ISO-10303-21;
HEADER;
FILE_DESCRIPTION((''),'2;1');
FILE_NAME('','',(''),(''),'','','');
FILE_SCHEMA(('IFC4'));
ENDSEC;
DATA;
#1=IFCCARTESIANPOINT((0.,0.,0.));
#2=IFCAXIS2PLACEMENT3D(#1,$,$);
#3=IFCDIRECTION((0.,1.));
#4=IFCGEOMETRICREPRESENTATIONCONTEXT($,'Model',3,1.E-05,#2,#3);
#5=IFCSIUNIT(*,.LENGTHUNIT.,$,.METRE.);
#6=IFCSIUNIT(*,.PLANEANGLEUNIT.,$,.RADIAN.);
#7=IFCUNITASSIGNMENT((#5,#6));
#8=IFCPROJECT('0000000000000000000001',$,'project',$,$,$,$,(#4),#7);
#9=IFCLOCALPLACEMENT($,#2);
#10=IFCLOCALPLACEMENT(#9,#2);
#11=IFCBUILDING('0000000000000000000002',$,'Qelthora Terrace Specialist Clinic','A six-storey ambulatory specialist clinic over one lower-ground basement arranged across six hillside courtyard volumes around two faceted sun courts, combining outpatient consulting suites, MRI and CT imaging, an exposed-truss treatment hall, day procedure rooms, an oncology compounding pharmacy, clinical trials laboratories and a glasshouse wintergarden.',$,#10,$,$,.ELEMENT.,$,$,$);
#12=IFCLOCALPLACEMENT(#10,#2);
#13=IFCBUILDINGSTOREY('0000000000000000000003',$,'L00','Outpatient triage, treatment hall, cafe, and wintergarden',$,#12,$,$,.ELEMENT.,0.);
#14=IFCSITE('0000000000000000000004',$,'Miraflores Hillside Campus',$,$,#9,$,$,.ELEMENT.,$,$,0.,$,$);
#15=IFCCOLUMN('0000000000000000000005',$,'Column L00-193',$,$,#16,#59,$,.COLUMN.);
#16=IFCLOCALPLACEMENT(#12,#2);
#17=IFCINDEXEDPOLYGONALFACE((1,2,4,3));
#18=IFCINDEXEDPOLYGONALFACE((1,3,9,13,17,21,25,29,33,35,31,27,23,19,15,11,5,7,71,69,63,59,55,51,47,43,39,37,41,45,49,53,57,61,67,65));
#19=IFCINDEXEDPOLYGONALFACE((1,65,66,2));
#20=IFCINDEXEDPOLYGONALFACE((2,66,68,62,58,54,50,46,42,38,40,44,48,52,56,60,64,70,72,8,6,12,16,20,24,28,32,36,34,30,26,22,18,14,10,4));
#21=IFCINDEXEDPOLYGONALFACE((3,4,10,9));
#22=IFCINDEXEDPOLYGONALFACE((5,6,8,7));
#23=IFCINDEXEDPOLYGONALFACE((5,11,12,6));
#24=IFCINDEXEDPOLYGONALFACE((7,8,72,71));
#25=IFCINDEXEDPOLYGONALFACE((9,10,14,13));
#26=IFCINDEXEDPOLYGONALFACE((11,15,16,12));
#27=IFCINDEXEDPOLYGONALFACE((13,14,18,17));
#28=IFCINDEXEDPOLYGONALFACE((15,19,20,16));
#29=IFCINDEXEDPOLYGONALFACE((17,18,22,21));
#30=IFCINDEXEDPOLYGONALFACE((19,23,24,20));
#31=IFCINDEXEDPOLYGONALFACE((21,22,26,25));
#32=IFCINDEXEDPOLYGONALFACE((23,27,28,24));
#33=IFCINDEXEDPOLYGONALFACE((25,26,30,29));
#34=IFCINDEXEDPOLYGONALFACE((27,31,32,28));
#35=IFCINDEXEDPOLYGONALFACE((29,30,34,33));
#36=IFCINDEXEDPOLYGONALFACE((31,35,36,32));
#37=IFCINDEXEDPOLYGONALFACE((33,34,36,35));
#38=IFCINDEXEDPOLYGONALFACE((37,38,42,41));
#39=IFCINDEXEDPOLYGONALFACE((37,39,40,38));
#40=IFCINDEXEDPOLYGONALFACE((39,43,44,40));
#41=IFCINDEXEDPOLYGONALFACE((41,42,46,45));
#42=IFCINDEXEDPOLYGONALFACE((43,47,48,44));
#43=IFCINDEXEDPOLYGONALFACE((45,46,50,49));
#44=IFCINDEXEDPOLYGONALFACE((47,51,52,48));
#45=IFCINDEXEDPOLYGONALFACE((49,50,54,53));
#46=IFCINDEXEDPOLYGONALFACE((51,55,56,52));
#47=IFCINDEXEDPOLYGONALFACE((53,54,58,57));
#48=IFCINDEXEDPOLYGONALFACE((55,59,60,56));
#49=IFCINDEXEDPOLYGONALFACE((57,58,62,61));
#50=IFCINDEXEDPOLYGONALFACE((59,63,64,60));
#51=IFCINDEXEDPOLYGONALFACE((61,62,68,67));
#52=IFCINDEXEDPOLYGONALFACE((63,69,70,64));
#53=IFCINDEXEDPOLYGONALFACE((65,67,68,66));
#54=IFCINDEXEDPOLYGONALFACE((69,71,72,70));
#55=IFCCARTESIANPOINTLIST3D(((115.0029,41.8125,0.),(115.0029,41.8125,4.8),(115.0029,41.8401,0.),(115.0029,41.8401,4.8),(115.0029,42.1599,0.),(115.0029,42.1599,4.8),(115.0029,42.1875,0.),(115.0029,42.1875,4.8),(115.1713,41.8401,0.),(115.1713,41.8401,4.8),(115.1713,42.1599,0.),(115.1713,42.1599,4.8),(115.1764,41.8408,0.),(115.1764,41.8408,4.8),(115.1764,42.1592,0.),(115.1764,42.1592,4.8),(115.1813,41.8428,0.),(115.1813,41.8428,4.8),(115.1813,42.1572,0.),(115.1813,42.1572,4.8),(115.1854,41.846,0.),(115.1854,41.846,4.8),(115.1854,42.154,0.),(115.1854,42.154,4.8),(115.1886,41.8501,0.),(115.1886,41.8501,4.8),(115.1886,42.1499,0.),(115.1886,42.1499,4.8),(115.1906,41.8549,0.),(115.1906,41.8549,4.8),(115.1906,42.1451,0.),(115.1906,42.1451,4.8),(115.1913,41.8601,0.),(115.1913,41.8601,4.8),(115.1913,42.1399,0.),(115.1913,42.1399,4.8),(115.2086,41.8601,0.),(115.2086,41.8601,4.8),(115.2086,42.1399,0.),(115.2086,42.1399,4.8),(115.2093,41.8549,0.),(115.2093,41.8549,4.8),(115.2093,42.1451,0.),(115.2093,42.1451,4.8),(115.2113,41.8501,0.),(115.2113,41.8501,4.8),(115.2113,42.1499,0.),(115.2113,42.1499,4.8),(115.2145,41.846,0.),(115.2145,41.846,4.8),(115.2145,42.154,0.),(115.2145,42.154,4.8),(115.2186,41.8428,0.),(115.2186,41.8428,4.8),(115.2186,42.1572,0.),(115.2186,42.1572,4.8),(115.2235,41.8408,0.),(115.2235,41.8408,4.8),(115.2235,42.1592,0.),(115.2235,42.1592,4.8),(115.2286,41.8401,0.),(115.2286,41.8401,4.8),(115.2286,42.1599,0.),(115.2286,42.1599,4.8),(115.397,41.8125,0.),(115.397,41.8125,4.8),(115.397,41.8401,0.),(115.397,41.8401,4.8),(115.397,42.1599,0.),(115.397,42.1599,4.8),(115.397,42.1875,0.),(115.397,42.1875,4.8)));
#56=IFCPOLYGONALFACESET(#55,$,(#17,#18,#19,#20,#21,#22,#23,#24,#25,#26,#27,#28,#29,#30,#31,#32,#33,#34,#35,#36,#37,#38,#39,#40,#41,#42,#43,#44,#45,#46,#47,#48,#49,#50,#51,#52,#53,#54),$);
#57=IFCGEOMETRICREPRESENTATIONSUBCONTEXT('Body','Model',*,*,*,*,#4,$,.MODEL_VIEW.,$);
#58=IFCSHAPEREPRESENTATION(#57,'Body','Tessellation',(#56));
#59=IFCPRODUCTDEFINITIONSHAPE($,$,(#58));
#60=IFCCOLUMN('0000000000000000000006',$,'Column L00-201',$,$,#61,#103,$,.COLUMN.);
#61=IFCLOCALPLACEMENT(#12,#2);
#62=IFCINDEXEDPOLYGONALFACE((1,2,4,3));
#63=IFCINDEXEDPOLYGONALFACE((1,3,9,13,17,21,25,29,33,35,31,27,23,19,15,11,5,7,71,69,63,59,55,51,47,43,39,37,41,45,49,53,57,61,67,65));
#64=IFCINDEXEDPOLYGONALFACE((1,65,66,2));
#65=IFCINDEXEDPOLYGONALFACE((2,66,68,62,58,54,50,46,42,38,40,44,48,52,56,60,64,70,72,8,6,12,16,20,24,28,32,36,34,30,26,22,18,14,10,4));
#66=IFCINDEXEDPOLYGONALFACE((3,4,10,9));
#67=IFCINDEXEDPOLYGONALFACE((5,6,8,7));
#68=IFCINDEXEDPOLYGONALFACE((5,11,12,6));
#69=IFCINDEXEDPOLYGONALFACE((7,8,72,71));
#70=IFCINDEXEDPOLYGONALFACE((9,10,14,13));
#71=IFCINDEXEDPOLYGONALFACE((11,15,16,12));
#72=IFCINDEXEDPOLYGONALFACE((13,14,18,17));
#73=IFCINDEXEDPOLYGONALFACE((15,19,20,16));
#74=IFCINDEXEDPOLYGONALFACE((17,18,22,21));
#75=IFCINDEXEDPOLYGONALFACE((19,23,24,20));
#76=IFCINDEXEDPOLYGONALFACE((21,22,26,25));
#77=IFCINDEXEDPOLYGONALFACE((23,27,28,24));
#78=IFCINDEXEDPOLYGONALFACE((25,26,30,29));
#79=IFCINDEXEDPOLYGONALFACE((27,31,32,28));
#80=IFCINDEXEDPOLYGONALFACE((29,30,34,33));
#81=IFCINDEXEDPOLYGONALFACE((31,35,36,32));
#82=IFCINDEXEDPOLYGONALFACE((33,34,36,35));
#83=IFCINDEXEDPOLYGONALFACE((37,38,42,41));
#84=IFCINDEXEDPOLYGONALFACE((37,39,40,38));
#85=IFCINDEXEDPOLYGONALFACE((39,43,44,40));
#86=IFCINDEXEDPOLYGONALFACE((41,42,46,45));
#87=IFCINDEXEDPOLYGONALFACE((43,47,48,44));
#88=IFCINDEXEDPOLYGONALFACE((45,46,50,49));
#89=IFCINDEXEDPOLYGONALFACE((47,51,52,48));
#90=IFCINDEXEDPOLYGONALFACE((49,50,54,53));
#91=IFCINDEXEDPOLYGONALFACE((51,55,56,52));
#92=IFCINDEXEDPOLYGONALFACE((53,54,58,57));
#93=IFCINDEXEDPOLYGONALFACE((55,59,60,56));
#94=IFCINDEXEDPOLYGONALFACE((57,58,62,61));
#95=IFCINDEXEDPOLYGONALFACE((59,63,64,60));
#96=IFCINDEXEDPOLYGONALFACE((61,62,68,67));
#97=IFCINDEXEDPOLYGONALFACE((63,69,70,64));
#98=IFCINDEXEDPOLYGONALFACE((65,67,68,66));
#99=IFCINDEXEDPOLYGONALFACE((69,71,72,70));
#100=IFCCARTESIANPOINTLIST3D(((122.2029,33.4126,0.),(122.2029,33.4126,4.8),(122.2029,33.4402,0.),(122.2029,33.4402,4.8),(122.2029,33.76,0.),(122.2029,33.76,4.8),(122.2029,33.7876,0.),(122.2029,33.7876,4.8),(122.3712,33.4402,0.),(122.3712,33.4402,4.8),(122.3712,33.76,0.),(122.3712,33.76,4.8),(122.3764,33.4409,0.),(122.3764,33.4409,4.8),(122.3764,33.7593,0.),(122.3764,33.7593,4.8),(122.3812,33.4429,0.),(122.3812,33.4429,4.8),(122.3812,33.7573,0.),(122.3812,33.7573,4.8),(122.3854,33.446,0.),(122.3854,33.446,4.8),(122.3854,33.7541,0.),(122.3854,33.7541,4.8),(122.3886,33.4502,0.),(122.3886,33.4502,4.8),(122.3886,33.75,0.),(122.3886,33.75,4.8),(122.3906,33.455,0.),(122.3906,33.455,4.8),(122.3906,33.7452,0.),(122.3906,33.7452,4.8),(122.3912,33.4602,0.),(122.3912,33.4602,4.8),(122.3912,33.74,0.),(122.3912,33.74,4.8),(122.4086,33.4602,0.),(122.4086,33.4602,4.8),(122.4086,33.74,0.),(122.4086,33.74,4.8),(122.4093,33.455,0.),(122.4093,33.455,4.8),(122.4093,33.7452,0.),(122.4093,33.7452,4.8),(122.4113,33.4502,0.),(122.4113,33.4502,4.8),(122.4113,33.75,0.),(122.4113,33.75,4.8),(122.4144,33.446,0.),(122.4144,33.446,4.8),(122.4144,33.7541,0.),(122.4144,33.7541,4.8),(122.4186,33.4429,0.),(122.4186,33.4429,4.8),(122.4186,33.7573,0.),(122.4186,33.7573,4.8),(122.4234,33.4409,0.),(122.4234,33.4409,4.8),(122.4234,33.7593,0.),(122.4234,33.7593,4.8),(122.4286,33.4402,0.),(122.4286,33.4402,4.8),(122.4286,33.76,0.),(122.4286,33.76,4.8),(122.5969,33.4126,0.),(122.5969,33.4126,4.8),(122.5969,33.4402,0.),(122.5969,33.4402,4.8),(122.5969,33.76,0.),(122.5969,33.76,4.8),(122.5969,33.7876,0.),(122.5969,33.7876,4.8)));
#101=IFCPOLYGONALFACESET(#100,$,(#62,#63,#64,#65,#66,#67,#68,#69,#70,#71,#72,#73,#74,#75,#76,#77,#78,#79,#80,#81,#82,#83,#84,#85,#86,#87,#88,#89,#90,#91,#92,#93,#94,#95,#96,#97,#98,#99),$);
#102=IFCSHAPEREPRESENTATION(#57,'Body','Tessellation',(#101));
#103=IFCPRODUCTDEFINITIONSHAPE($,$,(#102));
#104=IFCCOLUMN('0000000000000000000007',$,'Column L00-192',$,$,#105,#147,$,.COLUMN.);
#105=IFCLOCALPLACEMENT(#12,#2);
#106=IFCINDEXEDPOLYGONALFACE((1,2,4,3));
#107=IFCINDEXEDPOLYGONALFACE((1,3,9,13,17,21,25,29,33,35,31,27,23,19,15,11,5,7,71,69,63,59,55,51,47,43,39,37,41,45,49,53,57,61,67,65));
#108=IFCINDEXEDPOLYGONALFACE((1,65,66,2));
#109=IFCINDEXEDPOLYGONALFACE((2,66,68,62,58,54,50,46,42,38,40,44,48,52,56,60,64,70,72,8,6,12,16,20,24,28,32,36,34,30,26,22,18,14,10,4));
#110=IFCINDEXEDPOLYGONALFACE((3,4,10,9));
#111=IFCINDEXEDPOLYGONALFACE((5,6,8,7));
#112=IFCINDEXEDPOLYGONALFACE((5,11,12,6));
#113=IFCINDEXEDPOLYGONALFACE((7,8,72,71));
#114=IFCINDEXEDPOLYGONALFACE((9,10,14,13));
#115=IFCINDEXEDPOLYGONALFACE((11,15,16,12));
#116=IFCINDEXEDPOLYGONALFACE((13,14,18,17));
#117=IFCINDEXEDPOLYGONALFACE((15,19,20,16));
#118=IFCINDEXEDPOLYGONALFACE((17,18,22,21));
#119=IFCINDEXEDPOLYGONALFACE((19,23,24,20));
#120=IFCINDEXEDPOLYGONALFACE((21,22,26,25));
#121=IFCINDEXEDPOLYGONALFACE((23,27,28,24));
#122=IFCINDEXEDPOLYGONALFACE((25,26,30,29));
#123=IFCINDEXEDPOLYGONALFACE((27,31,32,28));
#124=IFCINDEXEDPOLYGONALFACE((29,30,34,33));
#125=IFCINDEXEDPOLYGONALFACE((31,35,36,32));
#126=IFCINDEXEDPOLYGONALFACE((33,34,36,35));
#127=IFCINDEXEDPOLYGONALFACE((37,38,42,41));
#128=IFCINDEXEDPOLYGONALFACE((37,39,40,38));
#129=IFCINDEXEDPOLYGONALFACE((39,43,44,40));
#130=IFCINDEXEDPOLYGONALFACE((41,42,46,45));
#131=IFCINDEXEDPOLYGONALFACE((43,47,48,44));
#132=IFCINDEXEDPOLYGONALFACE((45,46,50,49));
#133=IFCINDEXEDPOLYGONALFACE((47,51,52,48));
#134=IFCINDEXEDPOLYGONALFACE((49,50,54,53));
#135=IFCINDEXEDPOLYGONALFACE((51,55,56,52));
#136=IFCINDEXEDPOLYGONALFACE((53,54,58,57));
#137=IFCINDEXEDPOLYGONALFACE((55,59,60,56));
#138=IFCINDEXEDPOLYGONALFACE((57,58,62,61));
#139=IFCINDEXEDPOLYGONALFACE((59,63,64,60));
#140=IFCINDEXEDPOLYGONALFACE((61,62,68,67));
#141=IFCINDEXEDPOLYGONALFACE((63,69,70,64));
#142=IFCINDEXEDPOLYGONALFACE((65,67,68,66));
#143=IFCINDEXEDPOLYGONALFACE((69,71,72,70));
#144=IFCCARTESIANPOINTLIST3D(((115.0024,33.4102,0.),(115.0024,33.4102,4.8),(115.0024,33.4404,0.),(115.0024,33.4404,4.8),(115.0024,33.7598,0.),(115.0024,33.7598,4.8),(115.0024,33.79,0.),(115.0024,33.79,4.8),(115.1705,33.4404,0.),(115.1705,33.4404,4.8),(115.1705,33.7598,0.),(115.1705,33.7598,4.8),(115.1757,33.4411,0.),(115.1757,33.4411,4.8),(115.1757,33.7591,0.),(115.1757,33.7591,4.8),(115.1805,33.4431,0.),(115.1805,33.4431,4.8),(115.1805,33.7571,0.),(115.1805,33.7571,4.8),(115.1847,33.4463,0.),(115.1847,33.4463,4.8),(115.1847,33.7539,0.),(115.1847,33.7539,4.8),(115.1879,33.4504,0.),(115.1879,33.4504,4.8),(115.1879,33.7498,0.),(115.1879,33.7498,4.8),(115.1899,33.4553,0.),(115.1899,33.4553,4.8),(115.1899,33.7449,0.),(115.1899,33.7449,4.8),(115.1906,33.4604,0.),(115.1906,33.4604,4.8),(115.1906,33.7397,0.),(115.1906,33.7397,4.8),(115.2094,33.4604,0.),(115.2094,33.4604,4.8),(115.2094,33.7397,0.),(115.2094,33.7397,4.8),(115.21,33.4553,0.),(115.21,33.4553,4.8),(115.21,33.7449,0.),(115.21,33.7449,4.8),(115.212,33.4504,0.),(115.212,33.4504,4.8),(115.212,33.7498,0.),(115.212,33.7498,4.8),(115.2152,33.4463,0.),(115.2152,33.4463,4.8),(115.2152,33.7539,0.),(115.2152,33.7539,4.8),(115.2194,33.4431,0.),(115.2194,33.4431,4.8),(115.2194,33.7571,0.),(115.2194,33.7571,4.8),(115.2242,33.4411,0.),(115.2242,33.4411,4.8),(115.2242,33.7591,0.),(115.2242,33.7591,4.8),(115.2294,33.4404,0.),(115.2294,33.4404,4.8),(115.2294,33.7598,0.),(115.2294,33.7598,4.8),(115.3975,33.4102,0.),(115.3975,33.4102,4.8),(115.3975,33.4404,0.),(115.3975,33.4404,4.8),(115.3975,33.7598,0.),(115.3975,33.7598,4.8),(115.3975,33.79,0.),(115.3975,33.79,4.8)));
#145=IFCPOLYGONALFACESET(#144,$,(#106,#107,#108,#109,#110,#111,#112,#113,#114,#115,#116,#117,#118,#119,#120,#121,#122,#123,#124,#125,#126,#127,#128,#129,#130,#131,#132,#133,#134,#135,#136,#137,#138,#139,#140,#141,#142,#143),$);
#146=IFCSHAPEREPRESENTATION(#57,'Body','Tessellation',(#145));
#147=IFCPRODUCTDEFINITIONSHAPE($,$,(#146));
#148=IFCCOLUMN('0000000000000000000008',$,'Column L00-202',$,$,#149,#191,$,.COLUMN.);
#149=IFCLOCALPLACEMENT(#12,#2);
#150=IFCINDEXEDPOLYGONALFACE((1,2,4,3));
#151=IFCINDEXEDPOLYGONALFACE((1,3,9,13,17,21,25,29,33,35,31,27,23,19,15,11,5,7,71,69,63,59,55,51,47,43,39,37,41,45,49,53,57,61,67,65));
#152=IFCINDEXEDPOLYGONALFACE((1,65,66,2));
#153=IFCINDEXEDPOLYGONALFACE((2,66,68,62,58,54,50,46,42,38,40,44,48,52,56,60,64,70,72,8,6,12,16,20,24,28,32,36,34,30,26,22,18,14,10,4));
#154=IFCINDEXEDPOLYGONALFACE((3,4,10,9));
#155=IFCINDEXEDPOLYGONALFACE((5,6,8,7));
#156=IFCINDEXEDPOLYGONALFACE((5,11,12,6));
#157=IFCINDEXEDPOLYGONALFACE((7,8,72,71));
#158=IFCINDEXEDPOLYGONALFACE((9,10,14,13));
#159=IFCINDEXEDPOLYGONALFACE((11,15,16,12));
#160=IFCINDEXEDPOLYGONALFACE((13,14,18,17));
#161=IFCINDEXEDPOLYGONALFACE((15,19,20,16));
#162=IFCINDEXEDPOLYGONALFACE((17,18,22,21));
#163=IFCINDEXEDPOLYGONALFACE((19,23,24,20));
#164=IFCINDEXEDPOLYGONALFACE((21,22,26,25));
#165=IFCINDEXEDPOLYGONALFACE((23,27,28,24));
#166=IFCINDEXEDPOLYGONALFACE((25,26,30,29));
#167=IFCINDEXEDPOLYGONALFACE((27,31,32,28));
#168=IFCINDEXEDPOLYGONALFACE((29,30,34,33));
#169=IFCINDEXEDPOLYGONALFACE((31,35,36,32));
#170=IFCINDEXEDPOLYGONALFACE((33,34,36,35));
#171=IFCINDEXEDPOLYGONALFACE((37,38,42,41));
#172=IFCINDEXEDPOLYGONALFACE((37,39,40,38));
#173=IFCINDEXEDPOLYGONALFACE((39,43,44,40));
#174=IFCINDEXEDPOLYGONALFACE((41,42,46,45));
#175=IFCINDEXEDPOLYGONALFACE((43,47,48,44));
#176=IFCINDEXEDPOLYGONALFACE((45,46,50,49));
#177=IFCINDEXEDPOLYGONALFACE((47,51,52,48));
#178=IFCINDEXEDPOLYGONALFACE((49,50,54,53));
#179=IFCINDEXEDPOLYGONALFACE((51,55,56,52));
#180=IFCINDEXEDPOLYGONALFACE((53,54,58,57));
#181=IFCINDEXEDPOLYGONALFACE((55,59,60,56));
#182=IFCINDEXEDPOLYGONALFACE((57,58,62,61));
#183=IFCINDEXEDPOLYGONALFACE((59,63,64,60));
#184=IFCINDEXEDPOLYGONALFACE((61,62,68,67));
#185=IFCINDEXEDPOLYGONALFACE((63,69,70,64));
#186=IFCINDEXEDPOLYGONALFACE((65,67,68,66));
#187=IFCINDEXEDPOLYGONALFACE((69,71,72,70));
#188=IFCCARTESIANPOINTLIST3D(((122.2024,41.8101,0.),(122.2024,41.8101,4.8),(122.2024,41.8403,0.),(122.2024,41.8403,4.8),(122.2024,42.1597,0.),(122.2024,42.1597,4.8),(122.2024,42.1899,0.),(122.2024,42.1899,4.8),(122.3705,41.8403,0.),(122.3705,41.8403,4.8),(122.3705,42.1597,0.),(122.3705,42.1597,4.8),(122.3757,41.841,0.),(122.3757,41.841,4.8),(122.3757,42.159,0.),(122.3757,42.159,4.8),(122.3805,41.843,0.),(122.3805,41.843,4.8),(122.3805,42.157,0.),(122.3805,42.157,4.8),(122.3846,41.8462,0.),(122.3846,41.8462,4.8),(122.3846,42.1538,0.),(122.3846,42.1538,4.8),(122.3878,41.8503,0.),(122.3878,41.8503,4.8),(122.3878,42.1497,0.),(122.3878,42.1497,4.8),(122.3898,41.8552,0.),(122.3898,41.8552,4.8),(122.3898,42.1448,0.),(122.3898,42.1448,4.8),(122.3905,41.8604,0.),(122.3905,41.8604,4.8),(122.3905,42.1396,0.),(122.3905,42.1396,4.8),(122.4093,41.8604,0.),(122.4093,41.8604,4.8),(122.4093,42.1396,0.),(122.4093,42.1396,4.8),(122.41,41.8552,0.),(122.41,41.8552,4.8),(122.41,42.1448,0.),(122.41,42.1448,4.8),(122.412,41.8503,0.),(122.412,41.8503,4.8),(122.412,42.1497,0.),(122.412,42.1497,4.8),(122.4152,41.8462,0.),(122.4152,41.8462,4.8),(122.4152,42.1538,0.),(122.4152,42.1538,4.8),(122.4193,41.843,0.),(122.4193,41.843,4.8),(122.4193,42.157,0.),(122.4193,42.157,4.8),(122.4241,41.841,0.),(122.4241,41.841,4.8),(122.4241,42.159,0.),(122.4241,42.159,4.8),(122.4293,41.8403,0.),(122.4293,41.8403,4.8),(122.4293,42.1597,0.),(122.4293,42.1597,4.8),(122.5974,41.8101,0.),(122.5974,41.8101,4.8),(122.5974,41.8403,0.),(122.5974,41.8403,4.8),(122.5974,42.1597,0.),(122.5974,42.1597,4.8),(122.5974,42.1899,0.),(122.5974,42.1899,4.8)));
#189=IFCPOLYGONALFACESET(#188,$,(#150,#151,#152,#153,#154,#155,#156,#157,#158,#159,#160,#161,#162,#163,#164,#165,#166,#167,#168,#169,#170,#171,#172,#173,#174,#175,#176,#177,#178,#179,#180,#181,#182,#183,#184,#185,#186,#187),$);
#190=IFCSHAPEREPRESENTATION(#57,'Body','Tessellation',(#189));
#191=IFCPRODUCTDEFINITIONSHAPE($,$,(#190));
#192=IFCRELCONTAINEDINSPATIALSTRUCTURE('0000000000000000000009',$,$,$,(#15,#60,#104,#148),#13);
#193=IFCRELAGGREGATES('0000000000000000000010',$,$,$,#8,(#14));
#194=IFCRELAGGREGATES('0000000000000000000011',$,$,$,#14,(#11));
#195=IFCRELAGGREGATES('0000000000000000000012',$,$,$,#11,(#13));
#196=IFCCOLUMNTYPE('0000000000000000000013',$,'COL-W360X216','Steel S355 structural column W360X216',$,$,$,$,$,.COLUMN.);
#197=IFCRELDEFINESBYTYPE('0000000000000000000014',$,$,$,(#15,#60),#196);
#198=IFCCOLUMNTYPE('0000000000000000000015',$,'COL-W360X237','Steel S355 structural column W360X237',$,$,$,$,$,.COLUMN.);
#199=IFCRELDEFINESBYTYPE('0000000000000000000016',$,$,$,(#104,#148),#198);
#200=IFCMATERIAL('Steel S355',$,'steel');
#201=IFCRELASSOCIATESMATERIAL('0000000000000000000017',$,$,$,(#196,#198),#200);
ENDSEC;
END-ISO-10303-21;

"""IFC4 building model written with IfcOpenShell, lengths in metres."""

from ifc_helpers import new_model, si_unit, direction, frame, origin, origin_2d, place, context, subcontext, project, spatial, i_section, extrude, material, material_profile, profile_set, type_object, element, save


model = new_model("IFC4")

# Units and contexts
model_context = context("Model", 3, precision=1e-05, world=origin(), true_north=direction((0.0, 1.0)))
body_context = subcontext(model_context, "Body", "Model", "MODEL_VIEW")
ifc_project = project(units=[si_unit("LENGTHUNIT", "METRE"), si_unit("PLANEANGLEUNIT", "RADIAN")], contexts=[model_context])

# Site, building, storey
site_placement = place(None, origin())
site = spatial("IfcSite", under=ifc_project, at=site_placement, Name="Miraflores Hillside Campus", CompositionType="ELEMENT", RefElevation=0.0)
building_placement = place(site_placement, origin())
building = spatial("IfcBuilding", under=site, at=building_placement, Name="Qelthora Terrace Specialist Clinic", Description="A six-storey ambulatory specialist clinic over one lower-ground basement arranged across six hillside courtyard volumes around two faceted sun courts, combining outpatient consulting suites, MRI and CT imaging, an exposed-truss treatment hall, day procedure rooms, an oncology compounding pharmacy, clinical trials laboratories and a glasshouse wintergarden.", CompositionType="ELEMENT")
storey_placement = place(building_placement, origin())
storey = spatial("IfcBuildingStorey", under=building, at=storey_placement, Name="L00", Description="Outpatient triage, treatment hall, cafe, and wintergarden", CompositionType="ELEMENT", Elevation=0.0)

# Columns
ifc_material_1 = material(Name="Steel S355", Category="steel")
ifc_material_profile_1 = material_profile(ifc_material_1, i_section(OverallWidth=0.394, OverallDepth=0.375, WebThickness=0.0173, FlangeThickness=0.0276, FilletRadius=0.02, at=origin_2d()), Name="W360X216")
ifc_profile_set_1 = profile_set([ifc_material_profile_1], Name="Steel S355")
column_type_1 = type_object("IfcColumnType", Name="COL-W360X216", Description="Steel S355 structural column W360X216", PredefinedType="COLUMN", material=ifc_profile_set_1)
for number, where, z_axis, x_axis, name in (
    (1, (115.2, 42.0, 0.0), (0.0, 0.0, 1.0), (1.0, 0.0, 0.0), "Column L00-193"),
    (2, (122.3999, 33.6001, 0.0), (0.0, 0.0, 1.0), (1.0, 0.0, 0.0), "Column L00-201"),
):
    element("IfcColumn", number, at=place(storey_placement, frame(where, z_axis=z_axis, x_axis=x_axis)), inside=storey, type_object=column_type_1, Name=name, PredefinedType="COLUMN", context=body_context, shape_type="SweptSolid", body=[
        extrude(i_section(OverallWidth=0.394, OverallDepth=0.375, WebThickness=0.0173, FlangeThickness=0.0276, FilletRadius=0.02, at=origin_2d()), origin(), (0.0, 0.0, 1.0), 4.8),
    ])
ifc_material_profile_2 = material_profile(ifc_material_1, i_section(OverallWidth=0.395, OverallDepth=0.3799, WebThickness=0.0188, FlangeThickness=0.0303, FilletRadius=0.02, at=origin_2d()), Name="W360X237")
ifc_profile_set_2 = profile_set([ifc_material_profile_2], Name="Steel S355")
column_type_2 = type_object("IfcColumnType", Name="COL-W360X237", Description="Steel S355 structural column W360X237", PredefinedType="COLUMN", material=ifc_profile_set_2)
for number, where, z_axis, x_axis, name in (
    (3, (115.2, 33.6001, 0.0), (0.0, 0.0, 1.0), (1.0, 0.0, 0.0), "Column L00-192"),
    (4, (122.3999, 42.0, 0.0), (0.0, 0.0, 1.0), (1.0, 0.0, 0.0), "Column L00-202"),
):
    element("IfcColumn", number, at=place(storey_placement, frame(where, z_axis=z_axis, x_axis=x_axis)), inside=storey, type_object=column_type_2, Name=name, PredefinedType="COLUMN", context=body_context, shape_type="SweptSolid", body=[
        extrude(i_section(OverallWidth=0.395, OverallDepth=0.3799, WebThickness=0.0188, FlangeThickness=0.0303, FilletRadius=0.02, at=origin_2d()), origin(), (0.0, 0.0, 1.0), 4.8),
    ])

save(model, "model.ifc")
